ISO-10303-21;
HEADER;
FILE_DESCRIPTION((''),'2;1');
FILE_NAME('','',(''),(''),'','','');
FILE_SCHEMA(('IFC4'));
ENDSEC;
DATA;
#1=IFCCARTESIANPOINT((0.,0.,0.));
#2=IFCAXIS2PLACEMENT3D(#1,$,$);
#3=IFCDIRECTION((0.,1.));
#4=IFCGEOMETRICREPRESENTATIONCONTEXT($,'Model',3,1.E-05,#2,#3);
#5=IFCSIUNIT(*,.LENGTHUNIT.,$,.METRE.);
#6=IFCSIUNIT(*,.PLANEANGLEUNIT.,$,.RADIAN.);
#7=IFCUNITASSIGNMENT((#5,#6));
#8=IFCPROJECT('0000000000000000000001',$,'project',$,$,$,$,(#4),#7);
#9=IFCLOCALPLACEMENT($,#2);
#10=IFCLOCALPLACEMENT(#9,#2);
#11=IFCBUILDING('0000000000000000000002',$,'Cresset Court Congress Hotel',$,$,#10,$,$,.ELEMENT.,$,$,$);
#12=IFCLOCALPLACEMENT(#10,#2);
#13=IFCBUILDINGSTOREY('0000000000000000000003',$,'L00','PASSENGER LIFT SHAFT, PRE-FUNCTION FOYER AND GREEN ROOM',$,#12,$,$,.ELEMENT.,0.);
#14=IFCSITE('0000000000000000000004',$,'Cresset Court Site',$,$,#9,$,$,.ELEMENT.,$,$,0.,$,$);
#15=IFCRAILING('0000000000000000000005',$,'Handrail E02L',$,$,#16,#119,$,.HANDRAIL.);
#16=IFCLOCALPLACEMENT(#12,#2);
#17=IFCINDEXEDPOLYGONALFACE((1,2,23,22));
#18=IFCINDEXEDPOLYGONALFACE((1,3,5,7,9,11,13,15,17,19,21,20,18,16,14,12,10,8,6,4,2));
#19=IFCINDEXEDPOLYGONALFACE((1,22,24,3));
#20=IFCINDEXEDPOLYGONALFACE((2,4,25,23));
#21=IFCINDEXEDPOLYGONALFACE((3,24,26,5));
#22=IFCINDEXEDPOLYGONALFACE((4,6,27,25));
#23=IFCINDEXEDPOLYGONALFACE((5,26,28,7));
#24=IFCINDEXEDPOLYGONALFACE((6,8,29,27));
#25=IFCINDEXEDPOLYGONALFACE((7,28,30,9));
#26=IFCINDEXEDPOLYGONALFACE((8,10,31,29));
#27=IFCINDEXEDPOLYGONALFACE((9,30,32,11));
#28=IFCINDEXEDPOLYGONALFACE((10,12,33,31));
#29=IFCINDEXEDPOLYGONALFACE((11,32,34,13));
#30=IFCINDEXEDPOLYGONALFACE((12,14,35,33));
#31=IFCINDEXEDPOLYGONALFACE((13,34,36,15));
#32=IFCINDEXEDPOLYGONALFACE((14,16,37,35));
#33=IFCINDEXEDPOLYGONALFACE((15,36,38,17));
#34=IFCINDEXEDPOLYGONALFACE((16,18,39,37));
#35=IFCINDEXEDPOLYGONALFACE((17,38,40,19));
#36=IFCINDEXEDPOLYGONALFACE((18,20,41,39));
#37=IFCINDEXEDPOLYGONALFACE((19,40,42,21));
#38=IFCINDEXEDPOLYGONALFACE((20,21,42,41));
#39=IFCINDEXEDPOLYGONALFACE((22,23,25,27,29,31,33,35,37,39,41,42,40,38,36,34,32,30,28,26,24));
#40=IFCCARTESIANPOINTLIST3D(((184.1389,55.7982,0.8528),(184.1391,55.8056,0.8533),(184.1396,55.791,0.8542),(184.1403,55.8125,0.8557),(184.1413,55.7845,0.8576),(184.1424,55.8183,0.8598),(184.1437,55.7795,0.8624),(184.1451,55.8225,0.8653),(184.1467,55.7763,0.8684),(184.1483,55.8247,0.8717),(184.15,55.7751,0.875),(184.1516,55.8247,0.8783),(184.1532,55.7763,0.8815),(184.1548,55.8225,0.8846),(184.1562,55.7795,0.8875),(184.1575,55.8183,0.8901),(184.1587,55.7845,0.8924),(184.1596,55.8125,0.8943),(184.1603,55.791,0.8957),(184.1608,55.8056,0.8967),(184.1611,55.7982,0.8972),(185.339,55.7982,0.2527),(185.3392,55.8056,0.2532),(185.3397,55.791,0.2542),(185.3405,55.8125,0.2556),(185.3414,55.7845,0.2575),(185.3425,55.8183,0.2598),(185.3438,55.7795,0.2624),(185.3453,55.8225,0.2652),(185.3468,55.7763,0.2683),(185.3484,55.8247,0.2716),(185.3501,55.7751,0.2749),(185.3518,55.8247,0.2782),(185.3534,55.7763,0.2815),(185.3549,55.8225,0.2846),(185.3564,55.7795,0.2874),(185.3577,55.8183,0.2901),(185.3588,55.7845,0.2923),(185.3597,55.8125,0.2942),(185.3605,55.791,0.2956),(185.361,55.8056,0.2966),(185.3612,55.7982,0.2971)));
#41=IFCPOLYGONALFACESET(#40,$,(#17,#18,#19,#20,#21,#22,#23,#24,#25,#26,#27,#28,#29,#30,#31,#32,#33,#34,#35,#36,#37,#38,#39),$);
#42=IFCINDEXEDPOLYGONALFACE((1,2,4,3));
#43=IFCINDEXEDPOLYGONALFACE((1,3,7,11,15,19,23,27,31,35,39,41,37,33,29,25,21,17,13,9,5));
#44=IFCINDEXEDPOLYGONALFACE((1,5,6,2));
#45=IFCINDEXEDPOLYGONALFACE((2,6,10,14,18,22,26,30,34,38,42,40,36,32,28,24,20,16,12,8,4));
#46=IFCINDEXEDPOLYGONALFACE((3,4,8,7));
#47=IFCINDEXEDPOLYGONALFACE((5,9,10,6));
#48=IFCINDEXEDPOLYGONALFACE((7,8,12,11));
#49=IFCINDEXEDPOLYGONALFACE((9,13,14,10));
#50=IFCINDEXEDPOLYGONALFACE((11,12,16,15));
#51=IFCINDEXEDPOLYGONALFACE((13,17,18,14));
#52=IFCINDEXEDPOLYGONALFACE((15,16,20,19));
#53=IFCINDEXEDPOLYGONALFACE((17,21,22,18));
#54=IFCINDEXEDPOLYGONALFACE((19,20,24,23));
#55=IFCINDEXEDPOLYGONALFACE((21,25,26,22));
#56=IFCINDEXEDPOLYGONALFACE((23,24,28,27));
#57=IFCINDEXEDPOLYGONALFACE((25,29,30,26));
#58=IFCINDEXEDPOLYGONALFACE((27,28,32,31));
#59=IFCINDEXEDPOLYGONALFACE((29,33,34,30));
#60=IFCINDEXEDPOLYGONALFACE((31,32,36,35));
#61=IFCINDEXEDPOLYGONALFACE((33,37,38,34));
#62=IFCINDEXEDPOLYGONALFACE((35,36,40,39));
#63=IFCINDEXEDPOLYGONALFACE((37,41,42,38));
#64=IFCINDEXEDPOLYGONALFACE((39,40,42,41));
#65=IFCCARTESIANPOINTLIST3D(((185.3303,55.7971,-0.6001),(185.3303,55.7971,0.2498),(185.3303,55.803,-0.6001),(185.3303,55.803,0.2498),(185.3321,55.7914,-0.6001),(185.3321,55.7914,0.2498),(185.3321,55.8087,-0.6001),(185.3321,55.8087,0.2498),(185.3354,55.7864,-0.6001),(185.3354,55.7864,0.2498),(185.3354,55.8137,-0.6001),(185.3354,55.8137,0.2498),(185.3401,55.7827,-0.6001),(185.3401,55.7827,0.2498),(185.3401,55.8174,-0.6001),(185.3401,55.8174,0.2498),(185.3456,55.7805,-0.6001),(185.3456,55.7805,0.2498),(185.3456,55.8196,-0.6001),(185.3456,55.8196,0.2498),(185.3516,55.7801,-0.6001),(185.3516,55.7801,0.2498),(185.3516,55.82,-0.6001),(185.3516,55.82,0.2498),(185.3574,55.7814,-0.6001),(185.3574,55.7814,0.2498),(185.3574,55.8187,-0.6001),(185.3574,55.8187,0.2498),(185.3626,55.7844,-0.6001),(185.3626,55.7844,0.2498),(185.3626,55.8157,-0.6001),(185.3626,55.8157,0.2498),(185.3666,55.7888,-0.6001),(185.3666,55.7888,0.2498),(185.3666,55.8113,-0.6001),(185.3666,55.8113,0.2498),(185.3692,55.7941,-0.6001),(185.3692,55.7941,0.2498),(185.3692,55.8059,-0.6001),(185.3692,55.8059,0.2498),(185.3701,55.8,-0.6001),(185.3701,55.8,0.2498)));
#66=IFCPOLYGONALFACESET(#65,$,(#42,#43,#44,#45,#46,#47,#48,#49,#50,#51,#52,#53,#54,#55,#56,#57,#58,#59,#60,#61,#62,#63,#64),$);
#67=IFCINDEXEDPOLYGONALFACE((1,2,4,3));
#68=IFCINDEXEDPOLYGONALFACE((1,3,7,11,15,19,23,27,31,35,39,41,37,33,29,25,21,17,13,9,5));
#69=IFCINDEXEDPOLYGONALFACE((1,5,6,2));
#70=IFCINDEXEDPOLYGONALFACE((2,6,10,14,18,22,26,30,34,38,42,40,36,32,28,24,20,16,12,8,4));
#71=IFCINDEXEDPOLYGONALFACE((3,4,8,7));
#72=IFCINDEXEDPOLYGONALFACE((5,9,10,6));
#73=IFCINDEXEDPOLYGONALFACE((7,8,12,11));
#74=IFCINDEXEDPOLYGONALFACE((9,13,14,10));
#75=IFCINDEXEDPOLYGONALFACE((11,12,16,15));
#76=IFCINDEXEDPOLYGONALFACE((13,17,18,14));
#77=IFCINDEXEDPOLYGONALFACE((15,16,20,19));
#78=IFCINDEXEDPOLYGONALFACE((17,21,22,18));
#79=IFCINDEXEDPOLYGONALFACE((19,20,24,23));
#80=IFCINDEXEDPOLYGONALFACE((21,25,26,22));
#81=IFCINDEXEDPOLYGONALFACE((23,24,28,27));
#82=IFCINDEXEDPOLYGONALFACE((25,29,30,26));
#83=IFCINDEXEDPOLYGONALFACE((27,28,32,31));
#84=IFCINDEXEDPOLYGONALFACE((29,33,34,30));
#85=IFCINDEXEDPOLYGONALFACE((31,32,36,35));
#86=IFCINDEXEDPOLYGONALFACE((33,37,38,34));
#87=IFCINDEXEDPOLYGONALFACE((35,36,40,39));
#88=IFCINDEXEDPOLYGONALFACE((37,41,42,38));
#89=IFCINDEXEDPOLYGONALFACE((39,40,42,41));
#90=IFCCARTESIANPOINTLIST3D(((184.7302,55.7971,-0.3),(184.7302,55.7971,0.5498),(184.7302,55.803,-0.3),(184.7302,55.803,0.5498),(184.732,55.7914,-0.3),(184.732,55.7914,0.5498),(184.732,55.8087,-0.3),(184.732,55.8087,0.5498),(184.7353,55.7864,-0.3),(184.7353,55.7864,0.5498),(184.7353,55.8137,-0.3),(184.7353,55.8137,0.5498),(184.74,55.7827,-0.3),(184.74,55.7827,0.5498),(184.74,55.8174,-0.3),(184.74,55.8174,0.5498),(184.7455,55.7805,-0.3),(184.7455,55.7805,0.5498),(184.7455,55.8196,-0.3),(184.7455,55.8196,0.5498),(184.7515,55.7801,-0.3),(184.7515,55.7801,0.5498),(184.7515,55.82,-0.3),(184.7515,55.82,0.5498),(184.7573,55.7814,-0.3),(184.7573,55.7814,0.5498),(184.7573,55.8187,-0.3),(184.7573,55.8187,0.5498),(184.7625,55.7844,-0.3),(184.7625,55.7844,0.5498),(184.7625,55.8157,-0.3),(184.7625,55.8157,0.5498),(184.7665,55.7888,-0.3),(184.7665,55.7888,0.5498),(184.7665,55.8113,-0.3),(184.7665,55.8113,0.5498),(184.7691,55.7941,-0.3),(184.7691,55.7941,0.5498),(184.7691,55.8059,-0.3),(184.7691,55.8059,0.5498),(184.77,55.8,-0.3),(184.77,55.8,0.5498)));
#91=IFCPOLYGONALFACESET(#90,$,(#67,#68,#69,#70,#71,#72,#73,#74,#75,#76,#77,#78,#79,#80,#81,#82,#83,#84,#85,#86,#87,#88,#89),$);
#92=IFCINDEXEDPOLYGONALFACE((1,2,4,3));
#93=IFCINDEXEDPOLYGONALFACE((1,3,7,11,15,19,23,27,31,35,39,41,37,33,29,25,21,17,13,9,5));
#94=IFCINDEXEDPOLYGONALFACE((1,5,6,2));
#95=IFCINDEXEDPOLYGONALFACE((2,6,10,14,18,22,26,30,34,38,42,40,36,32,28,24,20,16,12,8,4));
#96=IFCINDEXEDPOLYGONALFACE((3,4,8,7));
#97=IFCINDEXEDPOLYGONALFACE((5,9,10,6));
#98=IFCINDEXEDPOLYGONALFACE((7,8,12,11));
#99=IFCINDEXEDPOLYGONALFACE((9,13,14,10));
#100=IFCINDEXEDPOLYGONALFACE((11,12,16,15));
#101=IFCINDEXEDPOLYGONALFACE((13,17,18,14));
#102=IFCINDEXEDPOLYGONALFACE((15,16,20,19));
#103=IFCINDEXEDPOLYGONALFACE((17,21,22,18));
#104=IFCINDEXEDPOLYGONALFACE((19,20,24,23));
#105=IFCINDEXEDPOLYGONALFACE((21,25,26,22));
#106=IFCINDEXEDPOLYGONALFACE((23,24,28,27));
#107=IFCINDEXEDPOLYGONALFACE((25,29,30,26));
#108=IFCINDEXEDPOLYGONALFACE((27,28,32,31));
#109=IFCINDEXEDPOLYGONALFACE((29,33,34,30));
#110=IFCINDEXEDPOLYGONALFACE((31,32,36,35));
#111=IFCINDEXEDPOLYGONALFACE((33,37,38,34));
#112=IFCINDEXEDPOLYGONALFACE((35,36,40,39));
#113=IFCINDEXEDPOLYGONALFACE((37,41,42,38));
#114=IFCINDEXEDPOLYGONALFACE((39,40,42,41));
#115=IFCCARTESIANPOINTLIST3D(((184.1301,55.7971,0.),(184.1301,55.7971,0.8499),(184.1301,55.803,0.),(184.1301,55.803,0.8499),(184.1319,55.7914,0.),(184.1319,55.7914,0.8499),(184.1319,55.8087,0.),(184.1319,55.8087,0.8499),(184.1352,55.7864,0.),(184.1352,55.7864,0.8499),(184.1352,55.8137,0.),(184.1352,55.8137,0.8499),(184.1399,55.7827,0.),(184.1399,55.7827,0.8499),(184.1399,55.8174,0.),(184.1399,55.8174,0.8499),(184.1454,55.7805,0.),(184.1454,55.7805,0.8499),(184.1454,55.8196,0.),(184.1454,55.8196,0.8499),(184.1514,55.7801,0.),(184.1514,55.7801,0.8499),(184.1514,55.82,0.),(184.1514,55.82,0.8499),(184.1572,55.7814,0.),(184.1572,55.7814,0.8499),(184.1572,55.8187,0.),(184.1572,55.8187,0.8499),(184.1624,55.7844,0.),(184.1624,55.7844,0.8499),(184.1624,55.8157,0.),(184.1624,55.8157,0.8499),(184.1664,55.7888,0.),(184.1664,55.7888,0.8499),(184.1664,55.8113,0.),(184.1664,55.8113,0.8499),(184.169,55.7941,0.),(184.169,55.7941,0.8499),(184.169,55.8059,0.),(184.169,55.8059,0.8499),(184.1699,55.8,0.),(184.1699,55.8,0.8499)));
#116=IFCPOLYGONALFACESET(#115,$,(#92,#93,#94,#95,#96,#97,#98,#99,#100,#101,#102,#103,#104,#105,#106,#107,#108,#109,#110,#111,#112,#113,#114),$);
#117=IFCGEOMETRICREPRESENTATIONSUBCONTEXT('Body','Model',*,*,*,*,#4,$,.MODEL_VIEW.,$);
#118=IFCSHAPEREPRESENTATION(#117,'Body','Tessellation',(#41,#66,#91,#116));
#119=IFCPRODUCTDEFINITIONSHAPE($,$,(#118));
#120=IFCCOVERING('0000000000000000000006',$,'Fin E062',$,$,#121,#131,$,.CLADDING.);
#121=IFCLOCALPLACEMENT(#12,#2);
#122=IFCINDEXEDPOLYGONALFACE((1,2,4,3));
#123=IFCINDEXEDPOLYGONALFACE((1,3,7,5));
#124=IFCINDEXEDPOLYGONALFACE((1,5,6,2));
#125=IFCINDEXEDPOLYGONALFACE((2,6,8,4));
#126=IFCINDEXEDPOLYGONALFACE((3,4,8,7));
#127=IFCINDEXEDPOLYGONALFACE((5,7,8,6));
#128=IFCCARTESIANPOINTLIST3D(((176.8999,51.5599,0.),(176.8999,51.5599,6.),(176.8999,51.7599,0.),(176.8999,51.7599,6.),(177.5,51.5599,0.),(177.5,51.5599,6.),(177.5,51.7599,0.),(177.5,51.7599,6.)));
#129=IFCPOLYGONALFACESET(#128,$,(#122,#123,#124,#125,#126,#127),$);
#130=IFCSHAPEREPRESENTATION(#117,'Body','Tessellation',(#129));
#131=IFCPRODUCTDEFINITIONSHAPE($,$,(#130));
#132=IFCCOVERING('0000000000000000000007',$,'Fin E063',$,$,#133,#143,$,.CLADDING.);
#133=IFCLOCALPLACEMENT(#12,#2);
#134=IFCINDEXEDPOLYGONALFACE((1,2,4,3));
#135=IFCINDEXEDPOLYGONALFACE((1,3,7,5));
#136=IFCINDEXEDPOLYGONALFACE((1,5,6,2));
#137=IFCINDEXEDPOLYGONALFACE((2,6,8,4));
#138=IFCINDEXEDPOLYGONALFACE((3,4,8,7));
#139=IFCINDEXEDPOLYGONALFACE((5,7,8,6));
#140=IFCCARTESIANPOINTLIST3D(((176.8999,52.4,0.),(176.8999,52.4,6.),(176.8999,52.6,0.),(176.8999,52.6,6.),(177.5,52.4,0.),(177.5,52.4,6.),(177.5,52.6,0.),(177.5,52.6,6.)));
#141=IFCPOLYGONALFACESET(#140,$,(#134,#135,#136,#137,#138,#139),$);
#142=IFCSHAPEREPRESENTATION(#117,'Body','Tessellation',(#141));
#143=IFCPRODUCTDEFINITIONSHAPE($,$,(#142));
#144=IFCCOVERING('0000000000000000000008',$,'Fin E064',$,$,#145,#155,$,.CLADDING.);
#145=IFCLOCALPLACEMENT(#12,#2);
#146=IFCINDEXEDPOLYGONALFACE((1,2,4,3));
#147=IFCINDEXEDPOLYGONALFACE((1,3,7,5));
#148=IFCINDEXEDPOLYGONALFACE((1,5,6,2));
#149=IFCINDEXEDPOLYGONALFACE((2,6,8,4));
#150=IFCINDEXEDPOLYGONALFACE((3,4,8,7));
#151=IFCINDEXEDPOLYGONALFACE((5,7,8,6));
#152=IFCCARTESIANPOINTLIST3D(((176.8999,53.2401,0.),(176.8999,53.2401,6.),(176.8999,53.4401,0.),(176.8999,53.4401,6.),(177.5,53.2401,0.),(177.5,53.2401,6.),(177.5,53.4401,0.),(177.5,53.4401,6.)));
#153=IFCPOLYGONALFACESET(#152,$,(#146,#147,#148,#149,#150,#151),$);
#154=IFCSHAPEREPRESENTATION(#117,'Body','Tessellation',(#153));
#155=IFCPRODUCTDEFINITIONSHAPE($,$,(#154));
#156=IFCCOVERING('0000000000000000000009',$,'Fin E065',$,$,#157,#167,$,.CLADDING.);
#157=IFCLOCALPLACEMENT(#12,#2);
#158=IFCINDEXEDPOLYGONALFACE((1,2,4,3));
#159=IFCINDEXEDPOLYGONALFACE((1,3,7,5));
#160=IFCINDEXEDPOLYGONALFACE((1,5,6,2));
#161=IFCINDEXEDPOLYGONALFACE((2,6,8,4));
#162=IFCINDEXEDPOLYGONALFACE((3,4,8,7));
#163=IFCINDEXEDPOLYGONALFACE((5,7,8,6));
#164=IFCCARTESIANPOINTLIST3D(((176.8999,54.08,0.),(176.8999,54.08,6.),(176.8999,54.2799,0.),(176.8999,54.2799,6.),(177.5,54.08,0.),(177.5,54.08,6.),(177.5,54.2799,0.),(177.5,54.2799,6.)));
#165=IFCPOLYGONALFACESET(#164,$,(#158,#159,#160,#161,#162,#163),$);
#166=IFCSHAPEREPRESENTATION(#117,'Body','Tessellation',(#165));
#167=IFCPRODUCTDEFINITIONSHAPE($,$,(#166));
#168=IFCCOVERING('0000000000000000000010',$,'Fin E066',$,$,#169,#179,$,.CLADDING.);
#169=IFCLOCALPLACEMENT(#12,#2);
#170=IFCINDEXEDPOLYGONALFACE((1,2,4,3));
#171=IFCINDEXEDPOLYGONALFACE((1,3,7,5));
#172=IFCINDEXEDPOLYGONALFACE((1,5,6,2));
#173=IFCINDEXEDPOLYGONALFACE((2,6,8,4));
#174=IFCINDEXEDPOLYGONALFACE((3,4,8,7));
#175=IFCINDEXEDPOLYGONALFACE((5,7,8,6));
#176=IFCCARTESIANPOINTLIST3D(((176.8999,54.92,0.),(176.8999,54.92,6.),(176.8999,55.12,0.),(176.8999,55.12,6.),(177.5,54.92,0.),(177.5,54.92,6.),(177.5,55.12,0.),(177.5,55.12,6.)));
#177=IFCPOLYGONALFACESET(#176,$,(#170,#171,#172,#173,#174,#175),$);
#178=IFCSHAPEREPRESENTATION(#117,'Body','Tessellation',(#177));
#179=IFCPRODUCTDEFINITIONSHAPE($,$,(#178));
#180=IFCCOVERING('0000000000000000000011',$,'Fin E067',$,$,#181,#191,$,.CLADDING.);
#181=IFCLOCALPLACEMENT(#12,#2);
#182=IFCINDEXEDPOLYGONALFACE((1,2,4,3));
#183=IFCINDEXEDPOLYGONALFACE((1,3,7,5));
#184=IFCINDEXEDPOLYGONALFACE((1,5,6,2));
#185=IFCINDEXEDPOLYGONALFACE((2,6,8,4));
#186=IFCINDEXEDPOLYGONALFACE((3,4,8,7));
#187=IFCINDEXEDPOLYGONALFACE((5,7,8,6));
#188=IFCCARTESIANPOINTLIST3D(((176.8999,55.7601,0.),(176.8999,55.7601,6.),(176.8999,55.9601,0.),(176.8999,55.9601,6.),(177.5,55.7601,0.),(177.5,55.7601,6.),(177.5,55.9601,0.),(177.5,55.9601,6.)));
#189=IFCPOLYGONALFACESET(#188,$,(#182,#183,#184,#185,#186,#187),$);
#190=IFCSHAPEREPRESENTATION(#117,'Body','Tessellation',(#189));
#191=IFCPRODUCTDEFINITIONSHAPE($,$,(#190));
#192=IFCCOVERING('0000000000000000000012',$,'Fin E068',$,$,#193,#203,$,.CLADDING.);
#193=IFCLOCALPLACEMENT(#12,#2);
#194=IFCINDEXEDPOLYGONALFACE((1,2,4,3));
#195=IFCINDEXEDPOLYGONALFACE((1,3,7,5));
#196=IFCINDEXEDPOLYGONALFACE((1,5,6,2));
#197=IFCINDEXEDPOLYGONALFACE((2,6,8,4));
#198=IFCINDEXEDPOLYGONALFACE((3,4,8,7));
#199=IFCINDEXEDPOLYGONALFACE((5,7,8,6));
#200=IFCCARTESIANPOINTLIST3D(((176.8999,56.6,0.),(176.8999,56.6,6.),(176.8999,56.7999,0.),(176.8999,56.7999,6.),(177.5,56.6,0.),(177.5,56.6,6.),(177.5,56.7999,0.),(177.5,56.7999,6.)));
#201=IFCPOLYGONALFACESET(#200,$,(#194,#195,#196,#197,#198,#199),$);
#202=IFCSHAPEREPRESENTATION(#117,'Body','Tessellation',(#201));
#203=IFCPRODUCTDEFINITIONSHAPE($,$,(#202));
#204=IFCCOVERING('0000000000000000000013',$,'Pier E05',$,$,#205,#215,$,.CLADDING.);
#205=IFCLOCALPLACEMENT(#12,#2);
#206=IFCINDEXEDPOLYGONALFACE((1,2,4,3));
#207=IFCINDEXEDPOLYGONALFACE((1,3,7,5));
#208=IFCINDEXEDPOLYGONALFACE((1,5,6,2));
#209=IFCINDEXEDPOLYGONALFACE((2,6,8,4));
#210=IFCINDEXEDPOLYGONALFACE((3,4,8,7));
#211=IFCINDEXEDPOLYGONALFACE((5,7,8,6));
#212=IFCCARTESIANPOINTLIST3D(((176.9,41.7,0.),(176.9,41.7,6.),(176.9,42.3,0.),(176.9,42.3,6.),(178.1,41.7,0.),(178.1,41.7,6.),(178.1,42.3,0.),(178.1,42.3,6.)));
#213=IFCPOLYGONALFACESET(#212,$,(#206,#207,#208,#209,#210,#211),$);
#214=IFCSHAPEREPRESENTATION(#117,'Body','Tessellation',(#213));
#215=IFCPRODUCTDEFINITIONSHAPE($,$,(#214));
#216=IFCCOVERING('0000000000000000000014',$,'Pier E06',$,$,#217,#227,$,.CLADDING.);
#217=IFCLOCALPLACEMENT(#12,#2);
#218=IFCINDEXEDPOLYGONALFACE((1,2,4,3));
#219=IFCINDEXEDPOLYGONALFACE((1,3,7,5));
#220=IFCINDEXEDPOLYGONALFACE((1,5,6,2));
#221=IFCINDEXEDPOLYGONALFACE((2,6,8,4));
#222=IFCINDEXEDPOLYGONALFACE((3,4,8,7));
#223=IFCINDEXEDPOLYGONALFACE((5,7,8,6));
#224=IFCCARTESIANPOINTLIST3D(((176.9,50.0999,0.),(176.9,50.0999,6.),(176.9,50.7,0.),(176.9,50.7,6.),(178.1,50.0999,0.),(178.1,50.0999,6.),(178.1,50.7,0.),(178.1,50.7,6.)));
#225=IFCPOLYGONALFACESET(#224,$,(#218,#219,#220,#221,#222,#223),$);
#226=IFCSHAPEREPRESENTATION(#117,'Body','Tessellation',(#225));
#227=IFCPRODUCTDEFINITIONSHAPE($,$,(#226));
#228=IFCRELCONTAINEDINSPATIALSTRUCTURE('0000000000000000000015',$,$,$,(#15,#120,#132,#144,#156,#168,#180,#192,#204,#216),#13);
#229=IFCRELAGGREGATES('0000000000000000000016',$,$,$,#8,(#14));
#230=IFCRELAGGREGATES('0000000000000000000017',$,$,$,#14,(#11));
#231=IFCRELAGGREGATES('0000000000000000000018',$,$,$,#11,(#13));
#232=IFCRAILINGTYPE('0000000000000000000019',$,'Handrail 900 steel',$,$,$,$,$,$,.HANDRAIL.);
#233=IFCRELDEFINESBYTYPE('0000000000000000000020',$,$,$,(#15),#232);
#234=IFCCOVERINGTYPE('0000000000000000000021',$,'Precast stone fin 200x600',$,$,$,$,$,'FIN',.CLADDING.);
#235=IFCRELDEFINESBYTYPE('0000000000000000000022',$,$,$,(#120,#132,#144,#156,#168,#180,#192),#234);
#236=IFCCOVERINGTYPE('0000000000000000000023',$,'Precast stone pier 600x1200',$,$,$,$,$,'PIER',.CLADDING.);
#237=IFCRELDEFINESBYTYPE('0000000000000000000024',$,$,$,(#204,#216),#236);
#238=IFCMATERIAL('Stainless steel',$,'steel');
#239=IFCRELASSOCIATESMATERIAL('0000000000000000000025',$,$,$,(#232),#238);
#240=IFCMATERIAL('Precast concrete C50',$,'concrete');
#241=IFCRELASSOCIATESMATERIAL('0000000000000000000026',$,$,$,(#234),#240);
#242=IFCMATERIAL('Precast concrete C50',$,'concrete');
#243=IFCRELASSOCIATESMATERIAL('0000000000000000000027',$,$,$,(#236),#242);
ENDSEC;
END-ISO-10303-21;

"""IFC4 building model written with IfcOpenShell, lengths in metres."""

from ifc_helpers import new_model, si_unit, direction, frame, origin, origin_2d, place, context, subcontext, project, spatial, rectangle, circle, extrude, material, type_object, element, save


model = new_model("IFC4")

# Units and contexts
model_context = context("Model", 3, precision=1e-05, world=origin(), true_north=direction((0.0, 1.0)))
body_context = subcontext(model_context, "Body", "Model", "MODEL_VIEW")
ifc_project = project(units=[si_unit("LENGTHUNIT", "METRE"), si_unit("PLANEANGLEUNIT", "RADIAN")], contexts=[model_context])

# Site, building, storey
site_placement = place(None, origin())
site = spatial("IfcSite", under=ifc_project, at=site_placement, Name="Cresset Court Site", CompositionType="ELEMENT", RefElevation=0.0)
building_placement = place(site_placement, origin())
building = spatial("IfcBuilding", under=site, at=building_placement, Name="Cresset Court Congress Hotel", CompositionType="ELEMENT")
storey_placement = place(building_placement, origin())
storey = spatial("IfcBuildingStorey", under=building, at=storey_placement, Name="L00", Description="PASSENGER LIFT SHAFT, PRE-FUNCTION FOYER AND GREEN ROOM", CompositionType="ELEMENT", Elevation=0.0)

# Railing
ifc_material_1 = material(Name="Stainless steel", Category="steel")
railing_type = type_object("IfcRailingType", Name="Handrail 900 steel", PredefinedType="HANDRAIL", material=ifc_material_1)
railing_placement = place(storey_placement, frame((185.3501, 55.8, -0.6001)))
element("IfcRailing", 1, at=railing_placement, inside=storey, type_object=railing_type, Name="Handrail E02L", PredefinedType="HANDRAIL", context=body_context, shape_type="SweptSolid", body=[
    extrude(circle(Radius=0.0249, at=origin_2d()), frame((0.0, 0.0, 0.875), z_axis=(-0.894427, 0.0, 0.447214), x_axis=(0.0, -1.0, 0.0)), (0.0, 0.0, 1.0), 1.3418),
    extrude(circle(Radius=0.02, at=origin_2d()), origin(), (0.0, 0.0, 1.0), 0.8499),
    extrude(circle(Radius=0.02, at=origin_2d()), frame((-0.6001, 0.0, 0.3)), (0.0, 0.0, 1.0), 0.8499),
    extrude(circle(Radius=0.02, at=origin_2d()), frame((-1.2002, 0.0, 0.6001)), (0.0, 0.0, 1.0), 0.8499),
])

# Coverings
ifc_material_2 = material(Name="Precast concrete C50", Category="concrete")
covering_type_1 = type_object("IfcCoveringType", Name="Precast stone fin 200x600", ElementType="FIN", PredefinedType="CLADDING", material=ifc_material_2)
for number, where, z_axis, x_axis, name in (
    (2, (177.2, 51.6599, 0.0), (0.0, 0.0, 1.0), (1.0, 0.0, 0.0), "Fin E062"),
    (3, (177.2, 52.5, 0.0), (0.0, 0.0, 1.0), (1.0, 0.0, 0.0), "Fin E063"),
    (4, (177.2, 53.3401, 0.0), (0.0, 0.0, 1.0), (1.0, 0.0, 0.0), "Fin E064"),
    (5, (177.2, 54.1799, 0.0), (0.0, 0.0, 1.0), (1.0, 0.0, 0.0), "Fin E065"),
    (6, (177.2, 55.02, 0.0), (0.0, 0.0, 1.0), (1.0, 0.0, 0.0), "Fin E066"),
    (7, (177.2, 55.8601, 0.0), (0.0, 0.0, 1.0), (1.0, 0.0, 0.0), "Fin E067"),
    (8, (177.2, 56.7, 0.0), (0.0, 0.0, 1.0), (1.0, 0.0, 0.0), "Fin E068"),
):
    element("IfcCovering", number, at=place(storey_placement, frame(where, z_axis=z_axis, x_axis=x_axis)), inside=storey, type_object=covering_type_1, Name=name, PredefinedType="CLADDING", context=body_context, shape_type="SweptSolid", body=[
        extrude(rectangle(XDim=0.6001, YDim=0.2, at=origin_2d()), origin(), (0.0, 0.0, 1.0), 6.0),
    ])
ifc_material_3 = material(Name="Precast concrete C50", Category="concrete")
covering_type_2 = type_object("IfcCoveringType", Name="Precast stone pier 600x1200", ElementType="PIER", PredefinedType="CLADDING", material=ifc_material_3)
for number, where, z_axis, x_axis, name in (
    (9, (177.5, 42.0, 0.0), (0.0, 0.0, 1.0), (1.0, 0.0, 0.0), "Pier E05"),
    (10, (177.5, 50.3999, 0.0), (0.0, 0.0, 1.0), (1.0, 0.0, 0.0), "Pier E06"),
):
    element("IfcCovering", number, at=place(storey_placement, frame(where, z_axis=z_axis, x_axis=x_axis)), inside=storey, type_object=covering_type_2, Name=name, PredefinedType="CLADDING", context=body_context, shape_type="SweptSolid", body=[
        extrude(rectangle(XDim=1.2, YDim=0.6001, at=origin_2d()), origin(), (0.0, 0.0, 1.0), 6.0),
    ])

save(model, "model.ifc")
